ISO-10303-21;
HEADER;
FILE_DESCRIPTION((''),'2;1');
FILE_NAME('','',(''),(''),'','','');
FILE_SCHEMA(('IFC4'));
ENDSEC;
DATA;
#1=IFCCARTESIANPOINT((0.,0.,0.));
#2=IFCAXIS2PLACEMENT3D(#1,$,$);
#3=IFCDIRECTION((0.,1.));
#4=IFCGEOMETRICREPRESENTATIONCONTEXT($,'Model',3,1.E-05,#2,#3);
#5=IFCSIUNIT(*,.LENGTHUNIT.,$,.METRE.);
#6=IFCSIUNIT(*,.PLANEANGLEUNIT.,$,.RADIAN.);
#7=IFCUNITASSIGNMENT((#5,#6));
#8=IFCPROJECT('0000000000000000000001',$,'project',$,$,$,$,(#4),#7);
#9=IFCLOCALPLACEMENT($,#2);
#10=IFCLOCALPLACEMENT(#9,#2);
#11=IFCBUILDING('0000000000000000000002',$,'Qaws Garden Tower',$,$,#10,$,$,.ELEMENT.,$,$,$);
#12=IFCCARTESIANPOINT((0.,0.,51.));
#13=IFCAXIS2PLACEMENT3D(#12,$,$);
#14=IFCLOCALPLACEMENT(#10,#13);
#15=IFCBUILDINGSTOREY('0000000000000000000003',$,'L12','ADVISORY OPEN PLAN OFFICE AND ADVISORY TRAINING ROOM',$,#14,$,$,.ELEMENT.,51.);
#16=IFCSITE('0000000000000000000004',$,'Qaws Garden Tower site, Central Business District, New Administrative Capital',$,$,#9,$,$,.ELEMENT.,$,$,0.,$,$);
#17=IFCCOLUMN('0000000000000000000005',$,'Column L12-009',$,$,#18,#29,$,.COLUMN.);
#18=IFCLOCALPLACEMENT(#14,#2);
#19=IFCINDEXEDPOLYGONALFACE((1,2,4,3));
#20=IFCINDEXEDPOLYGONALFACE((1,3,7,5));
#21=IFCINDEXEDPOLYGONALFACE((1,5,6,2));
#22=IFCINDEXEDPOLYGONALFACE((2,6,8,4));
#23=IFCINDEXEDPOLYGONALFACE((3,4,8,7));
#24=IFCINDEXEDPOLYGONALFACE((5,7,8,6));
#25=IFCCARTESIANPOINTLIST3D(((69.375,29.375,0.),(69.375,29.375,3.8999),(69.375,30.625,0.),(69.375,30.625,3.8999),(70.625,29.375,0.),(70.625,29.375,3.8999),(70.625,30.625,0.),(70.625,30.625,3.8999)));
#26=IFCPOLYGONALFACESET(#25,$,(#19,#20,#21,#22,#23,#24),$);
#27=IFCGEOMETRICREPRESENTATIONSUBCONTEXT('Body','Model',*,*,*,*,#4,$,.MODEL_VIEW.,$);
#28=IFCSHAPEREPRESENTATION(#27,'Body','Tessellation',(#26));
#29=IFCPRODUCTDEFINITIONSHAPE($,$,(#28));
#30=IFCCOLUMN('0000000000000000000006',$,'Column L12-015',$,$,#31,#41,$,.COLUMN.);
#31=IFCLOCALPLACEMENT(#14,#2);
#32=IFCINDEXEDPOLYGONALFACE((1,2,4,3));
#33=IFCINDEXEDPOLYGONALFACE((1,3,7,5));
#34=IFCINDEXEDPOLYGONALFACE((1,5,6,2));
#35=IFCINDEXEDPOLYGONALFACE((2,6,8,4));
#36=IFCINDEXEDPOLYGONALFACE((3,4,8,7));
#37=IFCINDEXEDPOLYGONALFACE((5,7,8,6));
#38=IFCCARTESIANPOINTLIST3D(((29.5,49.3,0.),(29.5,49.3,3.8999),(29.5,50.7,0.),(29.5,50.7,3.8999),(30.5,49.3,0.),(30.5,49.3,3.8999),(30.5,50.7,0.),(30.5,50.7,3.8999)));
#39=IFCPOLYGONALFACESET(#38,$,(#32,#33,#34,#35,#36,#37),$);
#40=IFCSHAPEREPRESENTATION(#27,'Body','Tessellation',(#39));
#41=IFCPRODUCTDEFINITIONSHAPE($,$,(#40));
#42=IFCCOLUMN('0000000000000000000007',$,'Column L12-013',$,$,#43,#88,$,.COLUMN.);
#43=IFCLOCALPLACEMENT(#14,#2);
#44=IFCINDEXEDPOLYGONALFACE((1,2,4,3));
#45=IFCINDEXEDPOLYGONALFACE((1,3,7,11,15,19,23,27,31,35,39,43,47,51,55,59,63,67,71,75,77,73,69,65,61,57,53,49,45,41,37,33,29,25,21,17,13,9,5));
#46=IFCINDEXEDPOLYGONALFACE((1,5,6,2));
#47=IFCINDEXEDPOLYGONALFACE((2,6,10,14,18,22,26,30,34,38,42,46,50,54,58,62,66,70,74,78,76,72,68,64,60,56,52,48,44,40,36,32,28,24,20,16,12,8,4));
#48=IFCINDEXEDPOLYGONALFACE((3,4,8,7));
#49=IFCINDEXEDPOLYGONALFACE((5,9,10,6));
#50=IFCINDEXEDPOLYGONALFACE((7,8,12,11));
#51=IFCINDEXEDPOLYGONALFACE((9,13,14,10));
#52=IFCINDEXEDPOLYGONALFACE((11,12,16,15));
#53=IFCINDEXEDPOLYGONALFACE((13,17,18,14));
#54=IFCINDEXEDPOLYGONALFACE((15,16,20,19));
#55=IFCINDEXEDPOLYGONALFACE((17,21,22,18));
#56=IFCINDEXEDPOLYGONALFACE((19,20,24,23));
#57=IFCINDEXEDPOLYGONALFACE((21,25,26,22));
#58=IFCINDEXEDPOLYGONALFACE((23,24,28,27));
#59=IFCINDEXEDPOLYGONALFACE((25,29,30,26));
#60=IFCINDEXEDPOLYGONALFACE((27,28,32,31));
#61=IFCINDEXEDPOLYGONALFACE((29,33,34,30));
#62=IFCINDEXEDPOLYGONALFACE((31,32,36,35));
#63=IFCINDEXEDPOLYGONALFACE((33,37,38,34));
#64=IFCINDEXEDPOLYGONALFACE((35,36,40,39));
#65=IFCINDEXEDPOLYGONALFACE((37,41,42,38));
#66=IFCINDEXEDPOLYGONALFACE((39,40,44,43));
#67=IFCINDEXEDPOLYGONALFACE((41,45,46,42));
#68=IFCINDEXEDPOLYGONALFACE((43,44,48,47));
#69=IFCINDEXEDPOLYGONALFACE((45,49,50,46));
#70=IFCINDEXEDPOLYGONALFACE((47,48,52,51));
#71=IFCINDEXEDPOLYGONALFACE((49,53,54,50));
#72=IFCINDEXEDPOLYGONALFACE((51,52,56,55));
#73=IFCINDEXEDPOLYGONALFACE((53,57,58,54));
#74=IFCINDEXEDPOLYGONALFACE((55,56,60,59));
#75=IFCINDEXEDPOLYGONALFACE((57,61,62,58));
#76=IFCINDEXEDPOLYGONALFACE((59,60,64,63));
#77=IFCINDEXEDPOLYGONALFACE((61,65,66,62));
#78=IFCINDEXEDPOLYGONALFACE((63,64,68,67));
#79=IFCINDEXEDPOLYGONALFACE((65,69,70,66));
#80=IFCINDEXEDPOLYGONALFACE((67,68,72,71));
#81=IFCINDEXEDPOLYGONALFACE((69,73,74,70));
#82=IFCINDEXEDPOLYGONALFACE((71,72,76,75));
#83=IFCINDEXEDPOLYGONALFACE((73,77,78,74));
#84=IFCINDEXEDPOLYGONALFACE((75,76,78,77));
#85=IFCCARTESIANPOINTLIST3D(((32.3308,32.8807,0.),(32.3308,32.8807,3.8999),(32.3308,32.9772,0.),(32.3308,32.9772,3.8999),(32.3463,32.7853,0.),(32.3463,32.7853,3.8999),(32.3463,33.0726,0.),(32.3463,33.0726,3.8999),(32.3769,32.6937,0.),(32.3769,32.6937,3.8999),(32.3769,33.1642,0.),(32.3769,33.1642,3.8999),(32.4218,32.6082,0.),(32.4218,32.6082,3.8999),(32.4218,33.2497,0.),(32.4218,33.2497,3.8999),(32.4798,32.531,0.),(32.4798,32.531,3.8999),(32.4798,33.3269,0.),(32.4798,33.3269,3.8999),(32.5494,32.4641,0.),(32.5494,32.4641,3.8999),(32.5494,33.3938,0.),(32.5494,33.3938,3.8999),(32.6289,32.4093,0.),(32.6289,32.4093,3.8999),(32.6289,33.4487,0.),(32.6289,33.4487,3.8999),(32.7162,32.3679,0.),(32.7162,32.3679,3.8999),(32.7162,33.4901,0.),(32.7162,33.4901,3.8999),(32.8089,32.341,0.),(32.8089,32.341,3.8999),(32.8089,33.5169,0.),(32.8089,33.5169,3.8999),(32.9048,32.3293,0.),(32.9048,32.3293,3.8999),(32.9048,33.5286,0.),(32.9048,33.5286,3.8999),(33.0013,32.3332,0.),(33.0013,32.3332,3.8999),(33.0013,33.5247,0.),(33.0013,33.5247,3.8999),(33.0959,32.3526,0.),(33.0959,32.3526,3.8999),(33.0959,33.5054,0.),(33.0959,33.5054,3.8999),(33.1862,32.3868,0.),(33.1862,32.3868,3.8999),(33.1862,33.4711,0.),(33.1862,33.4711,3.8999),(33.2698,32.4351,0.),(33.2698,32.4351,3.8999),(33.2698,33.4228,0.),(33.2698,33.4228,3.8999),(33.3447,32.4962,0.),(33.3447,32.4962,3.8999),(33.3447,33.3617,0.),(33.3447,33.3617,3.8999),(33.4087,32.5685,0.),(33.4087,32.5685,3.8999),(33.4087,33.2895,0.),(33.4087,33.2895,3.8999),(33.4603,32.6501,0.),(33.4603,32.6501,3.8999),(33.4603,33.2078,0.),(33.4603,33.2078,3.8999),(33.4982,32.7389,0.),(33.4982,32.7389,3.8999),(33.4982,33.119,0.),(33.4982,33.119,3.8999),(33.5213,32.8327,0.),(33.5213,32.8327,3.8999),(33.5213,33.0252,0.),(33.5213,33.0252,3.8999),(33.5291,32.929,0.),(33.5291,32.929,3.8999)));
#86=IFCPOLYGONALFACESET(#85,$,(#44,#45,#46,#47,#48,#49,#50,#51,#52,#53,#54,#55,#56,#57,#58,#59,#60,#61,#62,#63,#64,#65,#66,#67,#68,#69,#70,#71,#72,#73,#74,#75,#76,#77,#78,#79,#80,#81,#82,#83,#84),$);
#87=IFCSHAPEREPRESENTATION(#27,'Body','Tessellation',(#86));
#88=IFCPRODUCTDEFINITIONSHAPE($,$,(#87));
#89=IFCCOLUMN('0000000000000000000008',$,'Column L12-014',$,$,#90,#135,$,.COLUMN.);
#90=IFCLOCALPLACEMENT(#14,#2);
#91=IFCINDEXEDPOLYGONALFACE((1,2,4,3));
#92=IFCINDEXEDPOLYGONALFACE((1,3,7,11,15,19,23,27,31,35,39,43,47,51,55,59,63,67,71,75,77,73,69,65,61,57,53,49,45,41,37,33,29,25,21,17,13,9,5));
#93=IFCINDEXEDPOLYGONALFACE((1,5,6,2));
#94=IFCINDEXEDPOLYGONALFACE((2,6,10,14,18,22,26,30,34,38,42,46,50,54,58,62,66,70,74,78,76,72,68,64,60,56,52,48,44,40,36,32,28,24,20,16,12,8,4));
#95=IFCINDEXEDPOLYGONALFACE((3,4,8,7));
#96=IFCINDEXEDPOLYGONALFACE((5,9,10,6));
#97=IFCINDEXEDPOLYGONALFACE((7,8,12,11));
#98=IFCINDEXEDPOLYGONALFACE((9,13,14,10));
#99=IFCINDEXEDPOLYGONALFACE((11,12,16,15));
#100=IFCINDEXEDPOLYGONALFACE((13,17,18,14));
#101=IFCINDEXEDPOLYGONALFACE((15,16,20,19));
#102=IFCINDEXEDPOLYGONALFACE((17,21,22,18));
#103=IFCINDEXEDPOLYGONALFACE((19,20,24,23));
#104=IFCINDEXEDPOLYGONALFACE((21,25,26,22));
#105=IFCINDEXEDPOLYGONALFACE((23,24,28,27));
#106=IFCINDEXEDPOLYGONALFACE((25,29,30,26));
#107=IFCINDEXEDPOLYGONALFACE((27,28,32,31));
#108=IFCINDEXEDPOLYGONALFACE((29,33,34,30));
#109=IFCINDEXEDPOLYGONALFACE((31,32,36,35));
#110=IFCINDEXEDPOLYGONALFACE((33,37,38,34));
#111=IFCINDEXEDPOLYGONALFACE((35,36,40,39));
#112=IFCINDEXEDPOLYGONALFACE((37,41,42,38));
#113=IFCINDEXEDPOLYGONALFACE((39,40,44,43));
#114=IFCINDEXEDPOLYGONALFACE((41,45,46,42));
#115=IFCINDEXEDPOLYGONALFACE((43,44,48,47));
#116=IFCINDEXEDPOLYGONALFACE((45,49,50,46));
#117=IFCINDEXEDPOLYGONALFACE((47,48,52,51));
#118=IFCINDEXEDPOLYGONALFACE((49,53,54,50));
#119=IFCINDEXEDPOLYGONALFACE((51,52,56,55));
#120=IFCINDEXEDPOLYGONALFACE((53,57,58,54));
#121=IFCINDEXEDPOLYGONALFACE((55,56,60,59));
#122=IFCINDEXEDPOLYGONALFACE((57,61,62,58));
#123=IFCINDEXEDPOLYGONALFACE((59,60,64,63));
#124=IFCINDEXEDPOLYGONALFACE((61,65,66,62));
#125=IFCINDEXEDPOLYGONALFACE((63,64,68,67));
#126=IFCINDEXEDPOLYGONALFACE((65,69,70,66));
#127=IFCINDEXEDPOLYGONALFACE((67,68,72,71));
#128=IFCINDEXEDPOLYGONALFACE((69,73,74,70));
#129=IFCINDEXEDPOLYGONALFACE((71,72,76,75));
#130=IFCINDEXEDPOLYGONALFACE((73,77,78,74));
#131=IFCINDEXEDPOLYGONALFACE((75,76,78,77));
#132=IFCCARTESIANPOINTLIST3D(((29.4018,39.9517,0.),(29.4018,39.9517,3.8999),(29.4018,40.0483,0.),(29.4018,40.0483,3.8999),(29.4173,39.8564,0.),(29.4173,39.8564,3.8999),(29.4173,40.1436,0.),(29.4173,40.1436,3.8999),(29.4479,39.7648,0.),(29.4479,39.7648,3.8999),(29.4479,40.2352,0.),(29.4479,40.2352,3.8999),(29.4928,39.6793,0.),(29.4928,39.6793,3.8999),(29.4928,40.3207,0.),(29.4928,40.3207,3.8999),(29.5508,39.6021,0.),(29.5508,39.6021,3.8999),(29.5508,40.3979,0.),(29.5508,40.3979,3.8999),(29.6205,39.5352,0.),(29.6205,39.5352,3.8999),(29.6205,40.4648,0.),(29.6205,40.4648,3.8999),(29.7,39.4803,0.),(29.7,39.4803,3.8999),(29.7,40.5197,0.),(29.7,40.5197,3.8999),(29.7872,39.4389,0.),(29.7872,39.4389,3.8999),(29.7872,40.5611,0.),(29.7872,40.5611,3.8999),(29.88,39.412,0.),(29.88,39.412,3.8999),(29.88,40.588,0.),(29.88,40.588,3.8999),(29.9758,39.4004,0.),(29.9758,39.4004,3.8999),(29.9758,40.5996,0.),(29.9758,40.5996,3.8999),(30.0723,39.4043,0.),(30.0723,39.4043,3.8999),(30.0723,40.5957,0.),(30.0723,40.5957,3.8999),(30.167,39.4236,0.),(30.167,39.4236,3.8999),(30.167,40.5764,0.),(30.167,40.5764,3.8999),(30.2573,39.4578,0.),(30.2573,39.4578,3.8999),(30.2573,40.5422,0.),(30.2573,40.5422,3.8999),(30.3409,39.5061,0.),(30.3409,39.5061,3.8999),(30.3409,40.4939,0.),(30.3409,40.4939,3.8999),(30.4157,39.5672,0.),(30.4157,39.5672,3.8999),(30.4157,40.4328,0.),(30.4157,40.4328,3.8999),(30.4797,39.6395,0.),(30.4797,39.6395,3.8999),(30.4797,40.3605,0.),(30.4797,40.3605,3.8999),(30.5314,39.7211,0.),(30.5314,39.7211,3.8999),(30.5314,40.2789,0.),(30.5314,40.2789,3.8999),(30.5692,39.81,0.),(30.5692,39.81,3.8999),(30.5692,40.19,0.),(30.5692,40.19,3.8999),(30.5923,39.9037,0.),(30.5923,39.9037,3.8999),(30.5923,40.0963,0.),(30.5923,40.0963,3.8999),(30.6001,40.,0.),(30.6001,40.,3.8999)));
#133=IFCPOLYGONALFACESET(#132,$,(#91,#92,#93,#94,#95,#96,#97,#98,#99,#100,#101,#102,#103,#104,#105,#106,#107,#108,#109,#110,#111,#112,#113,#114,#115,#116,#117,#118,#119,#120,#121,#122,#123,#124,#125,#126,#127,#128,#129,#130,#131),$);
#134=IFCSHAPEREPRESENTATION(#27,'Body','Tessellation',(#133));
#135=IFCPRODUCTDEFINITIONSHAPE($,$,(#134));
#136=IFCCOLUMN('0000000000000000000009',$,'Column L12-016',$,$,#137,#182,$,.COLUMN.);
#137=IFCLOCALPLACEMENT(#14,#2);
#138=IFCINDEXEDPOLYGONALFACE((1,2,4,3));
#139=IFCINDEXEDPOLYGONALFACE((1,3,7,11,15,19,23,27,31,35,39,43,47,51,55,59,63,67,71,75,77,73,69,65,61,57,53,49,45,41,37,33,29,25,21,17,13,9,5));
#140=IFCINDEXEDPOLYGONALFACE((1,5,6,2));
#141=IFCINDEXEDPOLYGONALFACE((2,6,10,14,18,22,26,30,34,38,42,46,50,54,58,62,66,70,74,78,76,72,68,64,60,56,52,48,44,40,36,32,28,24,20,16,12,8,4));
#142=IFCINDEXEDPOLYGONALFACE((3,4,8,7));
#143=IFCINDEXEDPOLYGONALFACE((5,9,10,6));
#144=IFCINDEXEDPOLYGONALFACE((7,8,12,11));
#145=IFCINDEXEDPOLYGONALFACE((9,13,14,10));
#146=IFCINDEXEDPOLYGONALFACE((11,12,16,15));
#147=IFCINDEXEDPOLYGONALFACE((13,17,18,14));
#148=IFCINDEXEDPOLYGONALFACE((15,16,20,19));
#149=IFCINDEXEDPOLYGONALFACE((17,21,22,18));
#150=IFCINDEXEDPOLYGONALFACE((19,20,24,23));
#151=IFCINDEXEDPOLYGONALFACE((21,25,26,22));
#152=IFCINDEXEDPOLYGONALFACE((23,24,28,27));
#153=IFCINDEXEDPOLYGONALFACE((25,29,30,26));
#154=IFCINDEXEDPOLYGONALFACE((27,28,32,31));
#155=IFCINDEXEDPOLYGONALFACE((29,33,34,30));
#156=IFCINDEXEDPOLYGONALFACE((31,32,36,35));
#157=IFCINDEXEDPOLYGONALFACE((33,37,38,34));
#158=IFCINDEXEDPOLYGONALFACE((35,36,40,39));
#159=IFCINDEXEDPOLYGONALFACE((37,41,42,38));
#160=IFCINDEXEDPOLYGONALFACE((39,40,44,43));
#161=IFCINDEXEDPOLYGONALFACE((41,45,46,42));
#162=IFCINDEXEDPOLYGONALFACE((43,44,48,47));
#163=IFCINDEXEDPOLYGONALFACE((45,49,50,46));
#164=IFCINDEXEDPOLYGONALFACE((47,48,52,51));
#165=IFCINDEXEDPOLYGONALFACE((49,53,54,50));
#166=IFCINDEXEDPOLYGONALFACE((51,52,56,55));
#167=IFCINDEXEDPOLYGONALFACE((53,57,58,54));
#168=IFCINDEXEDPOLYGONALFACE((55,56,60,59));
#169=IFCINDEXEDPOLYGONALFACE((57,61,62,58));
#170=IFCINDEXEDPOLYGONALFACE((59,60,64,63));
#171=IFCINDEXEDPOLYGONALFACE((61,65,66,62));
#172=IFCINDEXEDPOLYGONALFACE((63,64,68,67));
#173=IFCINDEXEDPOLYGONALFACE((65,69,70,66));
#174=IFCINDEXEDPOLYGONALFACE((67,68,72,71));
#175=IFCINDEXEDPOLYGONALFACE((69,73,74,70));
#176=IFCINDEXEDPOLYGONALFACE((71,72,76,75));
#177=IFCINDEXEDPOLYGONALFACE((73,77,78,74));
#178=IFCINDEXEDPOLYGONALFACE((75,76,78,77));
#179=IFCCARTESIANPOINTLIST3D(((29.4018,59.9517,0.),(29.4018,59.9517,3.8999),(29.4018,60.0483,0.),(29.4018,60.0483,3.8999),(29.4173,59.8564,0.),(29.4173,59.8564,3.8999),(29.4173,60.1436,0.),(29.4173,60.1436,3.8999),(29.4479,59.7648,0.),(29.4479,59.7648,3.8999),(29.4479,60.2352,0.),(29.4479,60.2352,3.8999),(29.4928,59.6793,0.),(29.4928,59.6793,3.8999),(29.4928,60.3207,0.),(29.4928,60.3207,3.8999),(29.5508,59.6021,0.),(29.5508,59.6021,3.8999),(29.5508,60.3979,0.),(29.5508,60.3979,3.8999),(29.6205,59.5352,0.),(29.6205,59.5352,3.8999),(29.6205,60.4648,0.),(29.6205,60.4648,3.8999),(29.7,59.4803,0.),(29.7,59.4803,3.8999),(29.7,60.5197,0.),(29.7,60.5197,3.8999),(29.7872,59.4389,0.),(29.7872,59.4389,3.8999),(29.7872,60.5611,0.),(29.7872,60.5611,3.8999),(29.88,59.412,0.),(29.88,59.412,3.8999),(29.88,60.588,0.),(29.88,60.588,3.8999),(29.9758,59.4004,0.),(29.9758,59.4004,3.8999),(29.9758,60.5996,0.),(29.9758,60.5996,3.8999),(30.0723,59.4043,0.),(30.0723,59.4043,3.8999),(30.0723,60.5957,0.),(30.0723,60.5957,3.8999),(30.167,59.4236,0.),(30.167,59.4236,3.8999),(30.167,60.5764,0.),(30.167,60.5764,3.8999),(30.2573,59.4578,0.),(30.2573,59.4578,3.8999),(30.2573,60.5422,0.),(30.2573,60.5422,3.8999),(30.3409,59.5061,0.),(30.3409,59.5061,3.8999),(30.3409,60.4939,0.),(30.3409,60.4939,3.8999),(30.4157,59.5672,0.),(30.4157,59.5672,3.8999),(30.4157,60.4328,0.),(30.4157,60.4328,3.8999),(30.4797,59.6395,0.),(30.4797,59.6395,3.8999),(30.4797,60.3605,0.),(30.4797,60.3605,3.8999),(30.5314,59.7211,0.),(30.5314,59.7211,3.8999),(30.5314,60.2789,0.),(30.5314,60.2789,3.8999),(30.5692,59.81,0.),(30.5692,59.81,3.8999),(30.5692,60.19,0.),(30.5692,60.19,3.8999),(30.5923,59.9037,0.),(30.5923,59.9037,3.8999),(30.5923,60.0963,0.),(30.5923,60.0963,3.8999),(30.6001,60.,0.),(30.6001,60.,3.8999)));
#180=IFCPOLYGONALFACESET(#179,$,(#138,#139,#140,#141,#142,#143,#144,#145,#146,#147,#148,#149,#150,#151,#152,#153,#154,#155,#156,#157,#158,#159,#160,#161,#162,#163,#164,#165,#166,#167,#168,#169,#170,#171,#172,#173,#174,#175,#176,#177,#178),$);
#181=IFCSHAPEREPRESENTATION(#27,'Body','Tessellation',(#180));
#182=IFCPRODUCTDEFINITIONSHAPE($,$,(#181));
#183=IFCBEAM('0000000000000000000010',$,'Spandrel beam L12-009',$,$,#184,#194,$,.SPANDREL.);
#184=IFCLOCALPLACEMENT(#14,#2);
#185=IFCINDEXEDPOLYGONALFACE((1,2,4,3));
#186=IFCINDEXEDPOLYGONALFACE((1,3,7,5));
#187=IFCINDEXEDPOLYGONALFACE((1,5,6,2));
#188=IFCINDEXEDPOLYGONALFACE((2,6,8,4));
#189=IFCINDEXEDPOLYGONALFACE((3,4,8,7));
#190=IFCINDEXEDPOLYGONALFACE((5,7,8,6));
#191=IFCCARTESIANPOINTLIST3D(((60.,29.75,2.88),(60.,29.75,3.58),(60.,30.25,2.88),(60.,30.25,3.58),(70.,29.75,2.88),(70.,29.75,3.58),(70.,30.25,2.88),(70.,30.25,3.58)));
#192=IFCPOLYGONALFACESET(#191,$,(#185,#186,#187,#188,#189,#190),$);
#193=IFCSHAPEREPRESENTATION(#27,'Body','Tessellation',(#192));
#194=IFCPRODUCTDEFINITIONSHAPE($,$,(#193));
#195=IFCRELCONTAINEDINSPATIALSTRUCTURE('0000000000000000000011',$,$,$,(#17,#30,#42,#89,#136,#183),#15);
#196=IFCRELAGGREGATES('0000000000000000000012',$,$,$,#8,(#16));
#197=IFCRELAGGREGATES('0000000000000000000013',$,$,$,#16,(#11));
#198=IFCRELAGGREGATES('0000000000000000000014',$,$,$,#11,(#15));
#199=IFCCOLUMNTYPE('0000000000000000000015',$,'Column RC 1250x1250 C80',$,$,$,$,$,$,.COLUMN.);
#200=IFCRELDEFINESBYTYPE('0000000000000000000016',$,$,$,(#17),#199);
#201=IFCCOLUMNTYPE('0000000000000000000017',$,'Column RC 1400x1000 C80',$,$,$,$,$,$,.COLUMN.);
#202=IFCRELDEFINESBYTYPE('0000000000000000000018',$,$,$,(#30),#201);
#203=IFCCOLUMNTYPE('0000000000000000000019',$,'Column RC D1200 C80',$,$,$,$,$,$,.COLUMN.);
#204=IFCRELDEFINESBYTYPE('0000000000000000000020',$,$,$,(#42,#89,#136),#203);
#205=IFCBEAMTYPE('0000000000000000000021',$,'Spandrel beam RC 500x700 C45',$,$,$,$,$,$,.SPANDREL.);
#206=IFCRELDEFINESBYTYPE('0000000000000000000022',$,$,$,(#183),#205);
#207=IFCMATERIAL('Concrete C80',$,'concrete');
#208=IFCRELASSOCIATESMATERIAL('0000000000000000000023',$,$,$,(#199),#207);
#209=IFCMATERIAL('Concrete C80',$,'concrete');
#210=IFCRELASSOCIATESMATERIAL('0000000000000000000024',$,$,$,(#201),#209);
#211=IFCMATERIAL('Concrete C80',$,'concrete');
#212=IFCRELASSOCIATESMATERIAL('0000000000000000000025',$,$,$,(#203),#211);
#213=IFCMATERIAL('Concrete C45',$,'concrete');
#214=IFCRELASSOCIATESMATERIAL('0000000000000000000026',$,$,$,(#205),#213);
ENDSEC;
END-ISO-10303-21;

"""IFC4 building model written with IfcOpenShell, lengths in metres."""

from ifc_helpers import new_model, si_unit, direction, frame, origin, origin_2d, place, context, subcontext, project, spatial, rectangle, circle, extrude, material, material_profile, profile_set, type_object, element, save


model = new_model("IFC4")

# Units and contexts
model_context = context("Model", 3, precision=1e-05, world=origin(), true_north=direction((0.0, 1.0)))
body_context = subcontext(model_context, "Body", "Model", "MODEL_VIEW")
ifc_project = project(units=[si_unit("LENGTHUNIT", "METRE"), si_unit("PLANEANGLEUNIT", "RADIAN")], contexts=[model_context])

# Site, building, storey
site_placement = place(None, origin())
site = spatial("IfcSite", under=ifc_project, at=site_placement, Name="Qaws Garden Tower site, Central Business District, New Administrative Capital", CompositionType="ELEMENT", RefElevation=0.0)
building_placement = place(site_placement, origin())
building = spatial("IfcBuilding", under=site, at=building_placement, Name="Qaws Garden Tower", CompositionType="ELEMENT")
storey_placement = place(building_placement, frame((0.0, 0.0, 51.0)))
storey = spatial("IfcBuildingStorey", under=building, at=storey_placement, Name="L12", Description="ADVISORY OPEN PLAN OFFICE AND ADVISORY TRAINING ROOM", CompositionType="ELEMENT", Elevation=51.0)

# Columns
ifc_material_1 = material(Name="Concrete C80", Category="concrete")
ifc_material_profile_1 = material_profile(ifc_material_1, rectangle(XDim=1.25, YDim=1.25, at=origin_2d()), Name="RC 1250x1250")
ifc_profile_set_1 = profile_set([ifc_material_profile_1], Name="Concrete C80")
column_type_1 = type_object("IfcColumnType", Name="Column RC 1250x1250 C80", PredefinedType="COLUMN", material=ifc_profile_set_1)
column_1_placement = place(storey_placement, frame((70.0, 30.0, 0.0), z_axis=(0.0, 0.0, 1.0), x_axis=(1.0, 0.0, 0.0)))
element("IfcColumn", 1, at=column_1_placement, inside=storey, type_object=column_type_1, Name="Column L12-009", PredefinedType="COLUMN", context=body_context, shape_type="SweptSolid", body=[
    extrude(rectangle(XDim=1.25, YDim=1.25, at=origin_2d()), origin(), (0.0, 0.0, 1.0), 3.8999),
])
ifc_material_2 = material(Name="Concrete C80", Category="concrete")
ifc_material_profile_2 = material_profile(ifc_material_2, rectangle(XDim=1.3999, YDim=1.0, at=origin_2d()), Name="RC 1400x1000")
ifc_profile_set_2 = profile_set([ifc_material_profile_2], Name="Concrete C80")
column_type_2 = type_object("IfcColumnType", Name="Column RC 1400x1000 C80", PredefinedType="COLUMN", material=ifc_profile_set_2)
column_2_placement = place(storey_placement, frame((30.0, 50.0, 0.0), z_axis=(0.0, 0.0, 1.0), x_axis=(0.0, 1.0, 0.0)))
element("IfcColumn", 2, at=column_2_placement, inside=storey, type_object=column_type_2, Name="Column L12-015", PredefinedType="COLUMN", context=body_context, shape_type="SweptSolid", body=[
    extrude(rectangle(XDim=1.3999, YDim=1.0, at=origin_2d()), origin(), (0.0, 0.0, 1.0), 3.8999),
])
ifc_material_3 = material(Name="Concrete C80", Category="concrete")
ifc_material_profile_3 = material_profile(ifc_material_3, circle(Radius=0.6001, at=origin_2d()), Name="RC D1200")
ifc_profile_set_3 = profile_set([ifc_material_profile_3], Name="Concrete C80")
column_type_3 = type_object("IfcColumnType", Name="Column RC D1200 C80", PredefinedType="COLUMN", material=ifc_profile_set_3)
for number, where, z_axis, x_axis, name in (
    (3, (32.929, 32.929, 0.0), (0.0, 0.0, 1.0), (1.0, 0.0, 0.0), "Column L12-013"),
    (4, (30.0, 40.0, 0.0), (0.0, 0.0, 1.0), (1.0, 0.0, 0.0), "Column L12-014"),
    (5, (30.0, 60.0, 0.0), (0.0, 0.0, 1.0), (1.0, 0.0, 0.0), "Column L12-016"),
):
    element("IfcColumn", number, at=place(storey_placement, frame(where, z_axis=z_axis, x_axis=x_axis)), inside=storey, type_object=column_type_3, Name=name, PredefinedType="COLUMN", context=body_context, shape_type="SweptSolid", body=[
        extrude(circle(Radius=0.6001, at=origin_2d()), origin(), (0.0, 0.0, 1.0), 3.8999),
    ])

# Beam
ifc_material_4 = material(Name="Concrete C45", Category="concrete")
ifc_material_profile_4 = material_profile(ifc_material_4, rectangle(XDim=0.5, YDim=0.7, at=origin_2d()), Name="RC 500x700")
ifc_profile_set_4 = profile_set([ifc_material_profile_4], Name="Concrete C45")
beam_type = type_object("IfcBeamType", Name="Spandrel beam RC 500x700 C45", PredefinedType="SPANDREL", material=ifc_profile_set_4)
beam_1_placement = place(storey_placement, frame((70.0, 30.0, 3.23), z_axis=(-1.0, 0.0, 0.0), x_axis=(0.0, -1.0, 0.0)))
element("IfcBeam", 6, at=beam_1_placement, inside=storey, type_object=beam_type, Name="Spandrel beam L12-009", PredefinedType="SPANDREL", context=body_context, shape_type="SweptSolid", body=[
    extrude(rectangle(XDim=0.5, YDim=0.7, at=origin_2d()), origin(), (0.0, 0.0, 1.0), 10.0),
])

save(model, "model.ifc")
